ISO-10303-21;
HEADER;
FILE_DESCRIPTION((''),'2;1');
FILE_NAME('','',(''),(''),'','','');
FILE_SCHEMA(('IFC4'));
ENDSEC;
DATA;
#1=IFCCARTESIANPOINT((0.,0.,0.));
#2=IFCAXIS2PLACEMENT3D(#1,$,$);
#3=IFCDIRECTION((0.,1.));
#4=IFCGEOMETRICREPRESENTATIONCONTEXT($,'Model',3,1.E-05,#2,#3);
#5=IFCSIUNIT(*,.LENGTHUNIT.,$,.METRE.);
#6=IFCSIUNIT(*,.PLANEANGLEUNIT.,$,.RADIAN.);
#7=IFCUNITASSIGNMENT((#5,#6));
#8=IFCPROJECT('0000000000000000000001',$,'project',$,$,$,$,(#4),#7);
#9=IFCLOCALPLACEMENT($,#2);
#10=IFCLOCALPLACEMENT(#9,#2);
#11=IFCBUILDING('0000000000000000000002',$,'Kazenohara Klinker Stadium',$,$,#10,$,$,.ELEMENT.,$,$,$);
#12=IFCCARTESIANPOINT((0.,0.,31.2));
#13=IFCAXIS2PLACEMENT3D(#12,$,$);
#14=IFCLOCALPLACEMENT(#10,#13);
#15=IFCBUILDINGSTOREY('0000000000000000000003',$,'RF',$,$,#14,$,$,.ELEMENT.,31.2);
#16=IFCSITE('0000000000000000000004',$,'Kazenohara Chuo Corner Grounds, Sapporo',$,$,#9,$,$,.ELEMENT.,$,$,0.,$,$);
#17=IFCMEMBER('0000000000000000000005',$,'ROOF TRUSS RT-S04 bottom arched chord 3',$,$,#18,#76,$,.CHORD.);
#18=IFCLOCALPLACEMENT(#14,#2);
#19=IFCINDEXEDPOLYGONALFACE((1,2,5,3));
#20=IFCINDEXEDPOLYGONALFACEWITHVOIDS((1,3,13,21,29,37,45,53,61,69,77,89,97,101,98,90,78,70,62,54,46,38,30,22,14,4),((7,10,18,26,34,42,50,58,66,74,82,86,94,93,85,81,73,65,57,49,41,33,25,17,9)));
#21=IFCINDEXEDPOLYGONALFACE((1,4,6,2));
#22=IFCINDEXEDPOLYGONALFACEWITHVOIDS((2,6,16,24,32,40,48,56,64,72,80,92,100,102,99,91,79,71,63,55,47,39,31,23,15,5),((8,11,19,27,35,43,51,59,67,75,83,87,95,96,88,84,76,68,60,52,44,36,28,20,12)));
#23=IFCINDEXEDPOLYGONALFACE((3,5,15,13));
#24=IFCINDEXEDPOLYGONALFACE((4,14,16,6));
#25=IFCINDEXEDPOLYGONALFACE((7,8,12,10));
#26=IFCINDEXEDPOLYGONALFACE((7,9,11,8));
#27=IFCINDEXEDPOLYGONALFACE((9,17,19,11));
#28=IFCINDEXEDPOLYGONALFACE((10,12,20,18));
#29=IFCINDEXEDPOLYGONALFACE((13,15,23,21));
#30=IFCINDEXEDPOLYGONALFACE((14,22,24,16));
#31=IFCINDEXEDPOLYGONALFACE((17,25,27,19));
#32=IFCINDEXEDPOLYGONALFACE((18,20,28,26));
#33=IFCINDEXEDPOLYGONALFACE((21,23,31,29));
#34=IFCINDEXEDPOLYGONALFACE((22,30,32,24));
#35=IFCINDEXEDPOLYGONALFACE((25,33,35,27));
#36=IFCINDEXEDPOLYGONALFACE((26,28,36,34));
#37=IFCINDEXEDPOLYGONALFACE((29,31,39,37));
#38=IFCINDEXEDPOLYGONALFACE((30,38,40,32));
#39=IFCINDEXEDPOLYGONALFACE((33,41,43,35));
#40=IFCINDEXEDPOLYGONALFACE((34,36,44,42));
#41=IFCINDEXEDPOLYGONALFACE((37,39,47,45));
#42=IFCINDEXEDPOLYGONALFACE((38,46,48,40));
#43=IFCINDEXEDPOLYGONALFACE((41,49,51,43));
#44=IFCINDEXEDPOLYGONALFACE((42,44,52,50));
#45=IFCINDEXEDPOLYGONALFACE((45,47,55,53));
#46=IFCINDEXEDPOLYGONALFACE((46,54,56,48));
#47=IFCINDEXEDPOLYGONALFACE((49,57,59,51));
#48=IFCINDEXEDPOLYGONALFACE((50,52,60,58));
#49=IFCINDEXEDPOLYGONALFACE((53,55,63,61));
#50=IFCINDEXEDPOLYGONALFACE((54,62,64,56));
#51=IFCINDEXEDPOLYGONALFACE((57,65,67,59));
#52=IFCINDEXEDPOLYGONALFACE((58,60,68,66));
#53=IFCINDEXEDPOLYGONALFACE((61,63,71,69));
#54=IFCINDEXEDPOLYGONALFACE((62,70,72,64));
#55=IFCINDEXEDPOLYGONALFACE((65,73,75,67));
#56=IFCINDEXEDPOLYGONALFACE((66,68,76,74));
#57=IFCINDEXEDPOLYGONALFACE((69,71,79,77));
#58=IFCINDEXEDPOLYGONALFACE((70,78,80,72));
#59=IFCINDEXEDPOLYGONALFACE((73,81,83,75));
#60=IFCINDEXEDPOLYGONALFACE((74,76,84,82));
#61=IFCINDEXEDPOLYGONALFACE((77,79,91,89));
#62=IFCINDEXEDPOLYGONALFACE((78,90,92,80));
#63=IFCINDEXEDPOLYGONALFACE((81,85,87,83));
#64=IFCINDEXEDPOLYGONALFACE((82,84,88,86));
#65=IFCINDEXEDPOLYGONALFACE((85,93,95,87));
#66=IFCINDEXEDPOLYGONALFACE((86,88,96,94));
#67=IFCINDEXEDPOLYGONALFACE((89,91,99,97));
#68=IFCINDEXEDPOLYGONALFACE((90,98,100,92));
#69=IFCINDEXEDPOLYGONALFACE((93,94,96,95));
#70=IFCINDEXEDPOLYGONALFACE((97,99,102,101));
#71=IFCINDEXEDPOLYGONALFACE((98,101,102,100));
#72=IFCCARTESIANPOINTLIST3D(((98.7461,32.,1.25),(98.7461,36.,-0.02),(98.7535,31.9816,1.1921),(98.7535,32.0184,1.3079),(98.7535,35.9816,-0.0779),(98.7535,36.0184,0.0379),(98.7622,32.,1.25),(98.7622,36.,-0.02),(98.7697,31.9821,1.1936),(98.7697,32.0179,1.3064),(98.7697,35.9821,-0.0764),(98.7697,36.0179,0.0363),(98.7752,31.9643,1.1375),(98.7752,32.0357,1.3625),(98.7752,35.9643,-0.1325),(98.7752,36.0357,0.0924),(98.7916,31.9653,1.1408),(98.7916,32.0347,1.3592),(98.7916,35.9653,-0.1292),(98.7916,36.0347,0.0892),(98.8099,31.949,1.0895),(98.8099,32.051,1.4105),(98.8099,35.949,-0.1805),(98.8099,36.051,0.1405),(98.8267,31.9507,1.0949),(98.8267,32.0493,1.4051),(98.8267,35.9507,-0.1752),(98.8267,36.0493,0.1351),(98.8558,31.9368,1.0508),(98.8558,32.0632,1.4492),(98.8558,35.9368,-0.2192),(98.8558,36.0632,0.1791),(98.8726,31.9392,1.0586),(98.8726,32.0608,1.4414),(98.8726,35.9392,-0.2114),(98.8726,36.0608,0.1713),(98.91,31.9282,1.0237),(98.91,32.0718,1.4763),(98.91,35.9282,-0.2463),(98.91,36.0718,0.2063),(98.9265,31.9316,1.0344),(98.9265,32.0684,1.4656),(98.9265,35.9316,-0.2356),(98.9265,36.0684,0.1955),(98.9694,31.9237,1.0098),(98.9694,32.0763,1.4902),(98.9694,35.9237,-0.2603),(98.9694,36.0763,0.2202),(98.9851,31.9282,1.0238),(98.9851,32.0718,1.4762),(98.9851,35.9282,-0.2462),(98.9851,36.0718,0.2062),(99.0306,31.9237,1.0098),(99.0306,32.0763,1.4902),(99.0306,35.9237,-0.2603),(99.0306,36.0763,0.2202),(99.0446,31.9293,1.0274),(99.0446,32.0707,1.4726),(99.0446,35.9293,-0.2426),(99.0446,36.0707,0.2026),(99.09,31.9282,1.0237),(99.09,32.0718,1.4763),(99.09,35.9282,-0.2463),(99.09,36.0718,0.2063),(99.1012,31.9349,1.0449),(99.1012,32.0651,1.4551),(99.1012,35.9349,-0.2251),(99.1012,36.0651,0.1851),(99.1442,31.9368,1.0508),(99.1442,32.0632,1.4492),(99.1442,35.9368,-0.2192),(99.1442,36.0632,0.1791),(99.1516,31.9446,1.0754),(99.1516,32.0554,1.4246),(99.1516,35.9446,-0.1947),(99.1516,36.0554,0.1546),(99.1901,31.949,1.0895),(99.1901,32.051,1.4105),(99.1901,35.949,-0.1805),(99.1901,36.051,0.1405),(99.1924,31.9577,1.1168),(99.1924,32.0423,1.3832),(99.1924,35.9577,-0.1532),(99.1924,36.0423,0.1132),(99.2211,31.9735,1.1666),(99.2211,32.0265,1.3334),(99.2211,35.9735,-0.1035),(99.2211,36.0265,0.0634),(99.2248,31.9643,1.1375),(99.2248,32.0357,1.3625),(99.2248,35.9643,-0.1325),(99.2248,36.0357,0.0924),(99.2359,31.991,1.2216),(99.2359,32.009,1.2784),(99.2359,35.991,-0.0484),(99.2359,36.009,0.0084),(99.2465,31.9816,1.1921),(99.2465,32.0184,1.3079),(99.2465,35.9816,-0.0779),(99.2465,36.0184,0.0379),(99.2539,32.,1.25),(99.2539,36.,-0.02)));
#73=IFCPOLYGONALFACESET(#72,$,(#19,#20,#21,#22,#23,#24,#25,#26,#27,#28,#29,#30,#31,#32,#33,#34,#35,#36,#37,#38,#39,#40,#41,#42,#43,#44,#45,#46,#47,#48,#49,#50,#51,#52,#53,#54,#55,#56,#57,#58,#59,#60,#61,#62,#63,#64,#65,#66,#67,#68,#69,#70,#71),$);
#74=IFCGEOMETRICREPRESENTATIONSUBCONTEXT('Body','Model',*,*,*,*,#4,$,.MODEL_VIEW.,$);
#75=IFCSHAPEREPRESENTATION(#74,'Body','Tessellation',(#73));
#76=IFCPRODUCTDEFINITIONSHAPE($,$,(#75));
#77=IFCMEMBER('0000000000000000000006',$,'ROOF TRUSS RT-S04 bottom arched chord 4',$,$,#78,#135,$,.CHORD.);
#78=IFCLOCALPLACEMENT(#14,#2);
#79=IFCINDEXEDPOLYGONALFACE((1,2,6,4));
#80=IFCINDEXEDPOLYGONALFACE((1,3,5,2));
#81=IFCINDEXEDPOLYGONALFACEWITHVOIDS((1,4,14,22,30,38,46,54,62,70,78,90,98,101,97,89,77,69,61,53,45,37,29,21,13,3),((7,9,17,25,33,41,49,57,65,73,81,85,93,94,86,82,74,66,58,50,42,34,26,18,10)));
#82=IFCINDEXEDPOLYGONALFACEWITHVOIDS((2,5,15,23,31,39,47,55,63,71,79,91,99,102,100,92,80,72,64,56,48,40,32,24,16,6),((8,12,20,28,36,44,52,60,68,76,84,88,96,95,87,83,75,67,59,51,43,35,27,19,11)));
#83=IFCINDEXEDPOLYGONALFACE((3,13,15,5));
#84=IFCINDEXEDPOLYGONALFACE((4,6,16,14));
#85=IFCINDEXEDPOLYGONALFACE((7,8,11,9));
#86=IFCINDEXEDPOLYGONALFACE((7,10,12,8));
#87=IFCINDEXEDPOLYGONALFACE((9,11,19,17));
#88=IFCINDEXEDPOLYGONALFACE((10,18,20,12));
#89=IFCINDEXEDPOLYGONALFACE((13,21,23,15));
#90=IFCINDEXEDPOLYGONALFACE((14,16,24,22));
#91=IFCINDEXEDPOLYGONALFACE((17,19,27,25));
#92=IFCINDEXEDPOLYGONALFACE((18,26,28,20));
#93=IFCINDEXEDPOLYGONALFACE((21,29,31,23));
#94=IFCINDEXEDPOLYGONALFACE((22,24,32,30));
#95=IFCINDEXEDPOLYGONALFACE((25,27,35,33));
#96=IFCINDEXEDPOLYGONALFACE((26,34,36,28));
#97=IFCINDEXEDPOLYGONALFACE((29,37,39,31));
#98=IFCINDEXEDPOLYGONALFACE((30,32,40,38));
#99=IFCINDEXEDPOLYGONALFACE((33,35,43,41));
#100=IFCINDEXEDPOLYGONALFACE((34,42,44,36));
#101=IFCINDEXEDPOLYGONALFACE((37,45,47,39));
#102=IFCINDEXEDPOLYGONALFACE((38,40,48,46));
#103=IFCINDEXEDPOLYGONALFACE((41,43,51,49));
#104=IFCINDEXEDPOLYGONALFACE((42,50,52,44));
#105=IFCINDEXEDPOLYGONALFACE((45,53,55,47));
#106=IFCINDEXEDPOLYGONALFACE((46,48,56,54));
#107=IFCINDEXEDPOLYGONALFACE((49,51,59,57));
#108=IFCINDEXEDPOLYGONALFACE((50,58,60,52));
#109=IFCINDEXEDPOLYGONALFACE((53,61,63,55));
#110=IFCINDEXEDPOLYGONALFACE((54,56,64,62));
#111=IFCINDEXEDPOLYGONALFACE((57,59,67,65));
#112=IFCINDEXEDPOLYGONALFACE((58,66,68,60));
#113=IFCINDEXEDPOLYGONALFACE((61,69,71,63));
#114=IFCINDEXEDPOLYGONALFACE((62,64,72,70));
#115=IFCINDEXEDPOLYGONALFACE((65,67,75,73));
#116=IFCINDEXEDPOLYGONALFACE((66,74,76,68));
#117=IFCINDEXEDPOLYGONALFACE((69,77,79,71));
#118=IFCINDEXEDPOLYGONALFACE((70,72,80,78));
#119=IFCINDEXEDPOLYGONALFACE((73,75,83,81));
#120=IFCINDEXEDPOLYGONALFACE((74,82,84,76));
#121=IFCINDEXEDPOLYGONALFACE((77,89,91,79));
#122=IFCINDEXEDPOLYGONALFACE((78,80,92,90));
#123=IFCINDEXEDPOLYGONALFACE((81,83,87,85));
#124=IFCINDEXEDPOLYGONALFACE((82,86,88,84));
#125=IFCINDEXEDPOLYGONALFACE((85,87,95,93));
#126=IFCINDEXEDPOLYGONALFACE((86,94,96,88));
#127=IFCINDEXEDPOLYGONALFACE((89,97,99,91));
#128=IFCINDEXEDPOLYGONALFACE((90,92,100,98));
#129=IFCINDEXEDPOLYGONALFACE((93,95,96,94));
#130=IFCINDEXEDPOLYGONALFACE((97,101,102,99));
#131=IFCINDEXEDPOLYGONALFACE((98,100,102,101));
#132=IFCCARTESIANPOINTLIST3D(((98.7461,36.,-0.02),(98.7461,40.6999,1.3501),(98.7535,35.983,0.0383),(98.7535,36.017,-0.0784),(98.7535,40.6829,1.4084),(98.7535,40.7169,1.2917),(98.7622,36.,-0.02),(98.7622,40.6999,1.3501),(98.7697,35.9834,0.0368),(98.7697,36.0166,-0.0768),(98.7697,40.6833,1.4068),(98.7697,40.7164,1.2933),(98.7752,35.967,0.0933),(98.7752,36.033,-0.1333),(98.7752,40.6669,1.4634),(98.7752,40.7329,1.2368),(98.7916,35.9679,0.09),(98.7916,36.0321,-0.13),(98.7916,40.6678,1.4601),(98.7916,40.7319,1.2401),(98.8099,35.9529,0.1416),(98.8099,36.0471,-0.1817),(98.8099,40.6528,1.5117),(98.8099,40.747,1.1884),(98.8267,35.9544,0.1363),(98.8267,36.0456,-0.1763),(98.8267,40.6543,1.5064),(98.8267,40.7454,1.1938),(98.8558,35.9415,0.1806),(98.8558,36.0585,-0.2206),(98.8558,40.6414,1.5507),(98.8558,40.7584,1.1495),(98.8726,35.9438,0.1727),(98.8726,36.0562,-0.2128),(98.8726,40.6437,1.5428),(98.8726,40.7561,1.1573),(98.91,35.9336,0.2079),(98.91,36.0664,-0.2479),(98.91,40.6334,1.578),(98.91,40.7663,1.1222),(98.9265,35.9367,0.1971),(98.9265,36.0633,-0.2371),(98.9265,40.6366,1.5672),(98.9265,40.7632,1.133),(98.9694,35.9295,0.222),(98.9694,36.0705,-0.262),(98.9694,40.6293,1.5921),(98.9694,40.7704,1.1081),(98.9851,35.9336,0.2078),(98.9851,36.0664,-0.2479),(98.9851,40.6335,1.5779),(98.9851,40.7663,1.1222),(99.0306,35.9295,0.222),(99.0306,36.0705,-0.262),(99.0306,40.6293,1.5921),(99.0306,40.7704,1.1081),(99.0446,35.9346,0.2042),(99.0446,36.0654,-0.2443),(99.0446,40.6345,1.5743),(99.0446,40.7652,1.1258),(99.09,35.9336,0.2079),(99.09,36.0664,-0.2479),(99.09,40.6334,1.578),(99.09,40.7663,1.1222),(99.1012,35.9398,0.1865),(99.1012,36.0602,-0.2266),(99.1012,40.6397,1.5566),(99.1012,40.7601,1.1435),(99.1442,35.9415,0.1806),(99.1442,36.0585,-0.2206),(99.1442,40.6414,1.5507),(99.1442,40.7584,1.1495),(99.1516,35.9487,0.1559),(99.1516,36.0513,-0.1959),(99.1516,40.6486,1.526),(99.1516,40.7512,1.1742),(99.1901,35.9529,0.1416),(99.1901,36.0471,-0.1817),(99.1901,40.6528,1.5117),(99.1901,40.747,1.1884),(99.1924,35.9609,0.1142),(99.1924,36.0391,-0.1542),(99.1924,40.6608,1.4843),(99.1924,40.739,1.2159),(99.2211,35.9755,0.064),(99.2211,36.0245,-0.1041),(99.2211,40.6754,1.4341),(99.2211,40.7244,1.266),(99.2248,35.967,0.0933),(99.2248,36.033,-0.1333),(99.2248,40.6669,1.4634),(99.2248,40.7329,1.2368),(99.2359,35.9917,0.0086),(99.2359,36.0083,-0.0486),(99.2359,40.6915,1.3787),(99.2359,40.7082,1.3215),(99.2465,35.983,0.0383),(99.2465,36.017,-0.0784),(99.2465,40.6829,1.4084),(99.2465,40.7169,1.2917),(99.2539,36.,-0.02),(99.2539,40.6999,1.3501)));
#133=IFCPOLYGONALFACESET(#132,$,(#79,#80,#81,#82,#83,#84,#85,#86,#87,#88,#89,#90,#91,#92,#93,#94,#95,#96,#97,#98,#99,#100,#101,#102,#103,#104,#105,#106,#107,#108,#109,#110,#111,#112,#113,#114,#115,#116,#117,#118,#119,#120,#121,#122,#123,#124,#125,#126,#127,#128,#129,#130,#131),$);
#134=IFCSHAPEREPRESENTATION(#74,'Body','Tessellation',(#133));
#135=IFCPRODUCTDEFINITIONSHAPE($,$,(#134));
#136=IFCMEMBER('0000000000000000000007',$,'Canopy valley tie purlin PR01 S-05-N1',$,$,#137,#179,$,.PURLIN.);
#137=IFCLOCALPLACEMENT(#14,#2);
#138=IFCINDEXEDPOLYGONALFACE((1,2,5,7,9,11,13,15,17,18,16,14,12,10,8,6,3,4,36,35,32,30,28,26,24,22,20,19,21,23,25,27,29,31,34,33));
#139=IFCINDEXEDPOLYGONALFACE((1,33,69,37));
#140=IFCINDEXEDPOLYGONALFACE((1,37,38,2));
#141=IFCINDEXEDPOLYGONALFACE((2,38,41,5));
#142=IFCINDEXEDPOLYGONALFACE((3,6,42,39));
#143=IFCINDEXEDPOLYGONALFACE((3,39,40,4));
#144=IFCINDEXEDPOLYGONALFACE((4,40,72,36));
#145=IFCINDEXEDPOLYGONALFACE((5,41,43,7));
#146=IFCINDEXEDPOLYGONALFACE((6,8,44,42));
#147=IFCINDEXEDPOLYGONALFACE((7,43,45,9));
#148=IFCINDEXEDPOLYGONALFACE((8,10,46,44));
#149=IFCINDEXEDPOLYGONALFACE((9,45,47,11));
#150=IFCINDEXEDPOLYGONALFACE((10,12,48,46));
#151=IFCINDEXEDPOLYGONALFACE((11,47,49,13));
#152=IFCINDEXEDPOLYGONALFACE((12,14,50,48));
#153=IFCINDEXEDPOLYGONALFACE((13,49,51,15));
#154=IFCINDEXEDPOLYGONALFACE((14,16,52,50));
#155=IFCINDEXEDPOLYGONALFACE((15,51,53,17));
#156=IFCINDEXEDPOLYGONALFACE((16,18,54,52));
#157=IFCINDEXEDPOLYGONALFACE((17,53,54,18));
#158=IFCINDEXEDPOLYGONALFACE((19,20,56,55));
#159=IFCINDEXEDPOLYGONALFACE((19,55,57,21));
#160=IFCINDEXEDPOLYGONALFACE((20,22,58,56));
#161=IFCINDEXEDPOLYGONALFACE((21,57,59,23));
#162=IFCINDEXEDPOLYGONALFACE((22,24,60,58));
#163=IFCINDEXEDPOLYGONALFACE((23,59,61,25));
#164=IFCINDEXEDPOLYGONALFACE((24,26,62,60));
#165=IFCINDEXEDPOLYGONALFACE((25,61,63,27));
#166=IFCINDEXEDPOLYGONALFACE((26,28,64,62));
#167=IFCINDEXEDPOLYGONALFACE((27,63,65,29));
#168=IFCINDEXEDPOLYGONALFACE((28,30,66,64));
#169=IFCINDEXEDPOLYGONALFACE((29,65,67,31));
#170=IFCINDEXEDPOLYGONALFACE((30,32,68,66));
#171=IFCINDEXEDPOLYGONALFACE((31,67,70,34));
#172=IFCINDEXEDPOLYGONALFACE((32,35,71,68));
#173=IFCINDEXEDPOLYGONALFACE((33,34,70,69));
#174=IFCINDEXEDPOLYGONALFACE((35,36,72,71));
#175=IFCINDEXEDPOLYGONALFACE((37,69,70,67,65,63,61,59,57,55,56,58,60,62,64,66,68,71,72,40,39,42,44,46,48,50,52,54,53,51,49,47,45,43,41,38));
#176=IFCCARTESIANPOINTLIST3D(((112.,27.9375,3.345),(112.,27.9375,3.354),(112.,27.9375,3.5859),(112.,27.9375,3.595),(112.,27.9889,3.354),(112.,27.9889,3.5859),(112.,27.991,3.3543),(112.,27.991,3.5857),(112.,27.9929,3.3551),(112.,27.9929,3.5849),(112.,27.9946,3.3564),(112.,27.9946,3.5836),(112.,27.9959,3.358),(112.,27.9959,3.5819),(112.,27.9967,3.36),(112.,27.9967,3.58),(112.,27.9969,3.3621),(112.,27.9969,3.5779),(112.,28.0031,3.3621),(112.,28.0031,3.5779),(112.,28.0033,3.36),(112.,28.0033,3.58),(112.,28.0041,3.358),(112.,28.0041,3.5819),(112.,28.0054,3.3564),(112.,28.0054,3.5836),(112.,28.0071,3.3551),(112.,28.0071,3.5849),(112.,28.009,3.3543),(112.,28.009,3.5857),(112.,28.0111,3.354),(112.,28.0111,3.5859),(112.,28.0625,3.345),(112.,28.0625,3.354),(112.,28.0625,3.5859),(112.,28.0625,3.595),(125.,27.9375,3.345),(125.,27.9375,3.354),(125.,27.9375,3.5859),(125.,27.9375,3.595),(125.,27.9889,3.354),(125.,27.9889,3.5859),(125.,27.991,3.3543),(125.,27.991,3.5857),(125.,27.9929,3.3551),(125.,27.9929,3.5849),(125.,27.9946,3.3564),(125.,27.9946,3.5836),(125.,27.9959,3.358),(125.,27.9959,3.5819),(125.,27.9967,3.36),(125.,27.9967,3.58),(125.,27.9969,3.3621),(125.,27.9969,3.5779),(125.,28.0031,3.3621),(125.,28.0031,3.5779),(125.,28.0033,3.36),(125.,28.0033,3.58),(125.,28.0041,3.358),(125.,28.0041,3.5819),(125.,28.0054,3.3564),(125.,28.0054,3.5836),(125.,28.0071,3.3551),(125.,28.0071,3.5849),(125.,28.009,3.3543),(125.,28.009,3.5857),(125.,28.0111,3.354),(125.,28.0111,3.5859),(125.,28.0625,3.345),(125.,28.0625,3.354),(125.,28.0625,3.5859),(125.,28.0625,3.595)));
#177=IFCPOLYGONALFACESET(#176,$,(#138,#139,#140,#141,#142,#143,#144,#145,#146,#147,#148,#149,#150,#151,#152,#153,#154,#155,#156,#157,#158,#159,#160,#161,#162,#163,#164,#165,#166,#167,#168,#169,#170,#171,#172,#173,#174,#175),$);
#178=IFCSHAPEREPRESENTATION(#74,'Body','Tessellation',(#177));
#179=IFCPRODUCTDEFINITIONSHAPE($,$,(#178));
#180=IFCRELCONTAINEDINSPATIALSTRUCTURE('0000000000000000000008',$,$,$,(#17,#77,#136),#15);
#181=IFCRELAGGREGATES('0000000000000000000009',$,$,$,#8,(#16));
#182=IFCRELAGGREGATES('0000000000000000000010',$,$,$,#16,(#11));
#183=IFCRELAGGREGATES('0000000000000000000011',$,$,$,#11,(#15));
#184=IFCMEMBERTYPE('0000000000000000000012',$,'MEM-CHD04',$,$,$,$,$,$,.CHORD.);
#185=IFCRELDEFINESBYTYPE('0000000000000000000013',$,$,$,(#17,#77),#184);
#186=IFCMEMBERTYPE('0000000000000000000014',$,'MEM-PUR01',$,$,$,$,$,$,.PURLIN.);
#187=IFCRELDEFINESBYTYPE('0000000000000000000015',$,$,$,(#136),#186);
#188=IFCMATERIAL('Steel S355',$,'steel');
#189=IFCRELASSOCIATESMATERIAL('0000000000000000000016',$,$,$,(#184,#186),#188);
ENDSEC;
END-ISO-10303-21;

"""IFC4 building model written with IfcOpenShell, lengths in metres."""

from ifc_helpers import new_model, si_unit, direction, frame, origin, origin_2d, place, context, subcontext, project, spatial, hollow_circle, i_section, extrude, material, material_profile, profile_set, type_object, element, save


model = new_model("IFC4")

# Units and contexts
model_context = context("Model", 3, precision=1e-05, world=origin(), true_north=direction((0.0, 1.0)))
body_context = subcontext(model_context, "Body", "Model", "MODEL_VIEW")
ifc_project = project(units=[si_unit("LENGTHUNIT", "METRE"), si_unit("PLANEANGLEUNIT", "RADIAN")], contexts=[model_context])

# Site, building, storey
site_placement = place(None, origin())
site = spatial("IfcSite", under=ifc_project, at=site_placement, Name="Kazenohara Chuo Corner Grounds, Sapporo", CompositionType="ELEMENT", RefElevation=0.0)
building_placement = place(site_placement, origin())
building = spatial("IfcBuilding", under=site, at=building_placement, Name="Kazenohara Klinker Stadium", CompositionType="ELEMENT")
storey_placement = place(building_placement, frame((0.0, 0.0, 31.2)))
storey = spatial("IfcBuildingStorey", under=building, at=storey_placement, Name="RF", CompositionType="ELEMENT", Elevation=31.2)

# Members
ifc_material_1 = material(Name="Steel S355", Category="steel")
ifc_material_profile_1 = material_profile(ifc_material_1, hollow_circle(Radius=0.2539, WallThickness=0.0161, at=origin_2d()), Name="CHS-508.0x16")
ifc_profile_set_1 = profile_set([ifc_material_profile_1], Name="Steel S355")
member_type_1 = type_object("IfcMemberType", Name="MEM-CHD04", PredefinedType="CHORD", material=ifc_profile_set_1)
member_1_placement = place(storey_placement, frame((99.0, 32.0, 1.25), z_axis=(0.0, 0.953112, -0.302618), x_axis=(-1.0, 0.0, 0.0)))
element("IfcMember", 1, at=member_1_placement, inside=storey, type_object=member_type_1, Name="ROOF TRUSS RT-S04 bottom arched chord 3", PredefinedType="CHORD", context=body_context, shape_type="SweptSolid", body=[
    extrude(hollow_circle(Radius=0.2539, WallThickness=0.0161, at=origin_2d()), origin(), (0.0, 0.0, 1.0), 4.1968),
])
member_2_placement = place(storey_placement, frame((99.0, 36.0, -0.02), z_axis=(0.0, 0.960039, 0.279868), x_axis=(-1.0, 0.0, 0.0)))
element("IfcMember", 2, at=member_2_placement, inside=storey, type_object=member_type_1, Name="ROOF TRUSS RT-S04 bottom arched chord 4", PredefinedType="CHORD", context=body_context, shape_type="SweptSolid", body=[
    extrude(hollow_circle(Radius=0.2539, WallThickness=0.0161, at=origin_2d()), origin(), (0.0, 0.0, 1.0), 4.8955),
])
ifc_material_profile_2 = material_profile(ifc_material_1, i_section(OverallWidth=0.125, OverallDepth=0.25, WebThickness=0.0061, FlangeThickness=0.009, FilletRadius=0.0081, at=origin_2d()), Name="H-250x125x6x9")
ifc_profile_set_2 = profile_set([ifc_material_profile_2], Name="Steel S355")
member_type_2 = type_object("IfcMemberType", Name="MEM-PUR01", PredefinedType="PURLIN", material=ifc_profile_set_2)
member_3_placement = place(storey_placement, frame((112.0, 28.0, 3.47), z_axis=(1.0, 0.0, 0.0), x_axis=(0.0, 1.0, 0.0)))
element("IfcMember", 3, at=member_3_placement, inside=storey, type_object=member_type_2, Name="Canopy valley tie purlin PR01 S-05-N1", PredefinedType="PURLIN", context=body_context, shape_type="SweptSolid", body=[
    extrude(i_section(OverallWidth=0.125, OverallDepth=0.25, WebThickness=0.0061, FlangeThickness=0.009, FilletRadius=0.0081, at=origin_2d()), origin(), (0.0, 0.0, 1.0), 13.0),
])

save(model, "model.ifc")
